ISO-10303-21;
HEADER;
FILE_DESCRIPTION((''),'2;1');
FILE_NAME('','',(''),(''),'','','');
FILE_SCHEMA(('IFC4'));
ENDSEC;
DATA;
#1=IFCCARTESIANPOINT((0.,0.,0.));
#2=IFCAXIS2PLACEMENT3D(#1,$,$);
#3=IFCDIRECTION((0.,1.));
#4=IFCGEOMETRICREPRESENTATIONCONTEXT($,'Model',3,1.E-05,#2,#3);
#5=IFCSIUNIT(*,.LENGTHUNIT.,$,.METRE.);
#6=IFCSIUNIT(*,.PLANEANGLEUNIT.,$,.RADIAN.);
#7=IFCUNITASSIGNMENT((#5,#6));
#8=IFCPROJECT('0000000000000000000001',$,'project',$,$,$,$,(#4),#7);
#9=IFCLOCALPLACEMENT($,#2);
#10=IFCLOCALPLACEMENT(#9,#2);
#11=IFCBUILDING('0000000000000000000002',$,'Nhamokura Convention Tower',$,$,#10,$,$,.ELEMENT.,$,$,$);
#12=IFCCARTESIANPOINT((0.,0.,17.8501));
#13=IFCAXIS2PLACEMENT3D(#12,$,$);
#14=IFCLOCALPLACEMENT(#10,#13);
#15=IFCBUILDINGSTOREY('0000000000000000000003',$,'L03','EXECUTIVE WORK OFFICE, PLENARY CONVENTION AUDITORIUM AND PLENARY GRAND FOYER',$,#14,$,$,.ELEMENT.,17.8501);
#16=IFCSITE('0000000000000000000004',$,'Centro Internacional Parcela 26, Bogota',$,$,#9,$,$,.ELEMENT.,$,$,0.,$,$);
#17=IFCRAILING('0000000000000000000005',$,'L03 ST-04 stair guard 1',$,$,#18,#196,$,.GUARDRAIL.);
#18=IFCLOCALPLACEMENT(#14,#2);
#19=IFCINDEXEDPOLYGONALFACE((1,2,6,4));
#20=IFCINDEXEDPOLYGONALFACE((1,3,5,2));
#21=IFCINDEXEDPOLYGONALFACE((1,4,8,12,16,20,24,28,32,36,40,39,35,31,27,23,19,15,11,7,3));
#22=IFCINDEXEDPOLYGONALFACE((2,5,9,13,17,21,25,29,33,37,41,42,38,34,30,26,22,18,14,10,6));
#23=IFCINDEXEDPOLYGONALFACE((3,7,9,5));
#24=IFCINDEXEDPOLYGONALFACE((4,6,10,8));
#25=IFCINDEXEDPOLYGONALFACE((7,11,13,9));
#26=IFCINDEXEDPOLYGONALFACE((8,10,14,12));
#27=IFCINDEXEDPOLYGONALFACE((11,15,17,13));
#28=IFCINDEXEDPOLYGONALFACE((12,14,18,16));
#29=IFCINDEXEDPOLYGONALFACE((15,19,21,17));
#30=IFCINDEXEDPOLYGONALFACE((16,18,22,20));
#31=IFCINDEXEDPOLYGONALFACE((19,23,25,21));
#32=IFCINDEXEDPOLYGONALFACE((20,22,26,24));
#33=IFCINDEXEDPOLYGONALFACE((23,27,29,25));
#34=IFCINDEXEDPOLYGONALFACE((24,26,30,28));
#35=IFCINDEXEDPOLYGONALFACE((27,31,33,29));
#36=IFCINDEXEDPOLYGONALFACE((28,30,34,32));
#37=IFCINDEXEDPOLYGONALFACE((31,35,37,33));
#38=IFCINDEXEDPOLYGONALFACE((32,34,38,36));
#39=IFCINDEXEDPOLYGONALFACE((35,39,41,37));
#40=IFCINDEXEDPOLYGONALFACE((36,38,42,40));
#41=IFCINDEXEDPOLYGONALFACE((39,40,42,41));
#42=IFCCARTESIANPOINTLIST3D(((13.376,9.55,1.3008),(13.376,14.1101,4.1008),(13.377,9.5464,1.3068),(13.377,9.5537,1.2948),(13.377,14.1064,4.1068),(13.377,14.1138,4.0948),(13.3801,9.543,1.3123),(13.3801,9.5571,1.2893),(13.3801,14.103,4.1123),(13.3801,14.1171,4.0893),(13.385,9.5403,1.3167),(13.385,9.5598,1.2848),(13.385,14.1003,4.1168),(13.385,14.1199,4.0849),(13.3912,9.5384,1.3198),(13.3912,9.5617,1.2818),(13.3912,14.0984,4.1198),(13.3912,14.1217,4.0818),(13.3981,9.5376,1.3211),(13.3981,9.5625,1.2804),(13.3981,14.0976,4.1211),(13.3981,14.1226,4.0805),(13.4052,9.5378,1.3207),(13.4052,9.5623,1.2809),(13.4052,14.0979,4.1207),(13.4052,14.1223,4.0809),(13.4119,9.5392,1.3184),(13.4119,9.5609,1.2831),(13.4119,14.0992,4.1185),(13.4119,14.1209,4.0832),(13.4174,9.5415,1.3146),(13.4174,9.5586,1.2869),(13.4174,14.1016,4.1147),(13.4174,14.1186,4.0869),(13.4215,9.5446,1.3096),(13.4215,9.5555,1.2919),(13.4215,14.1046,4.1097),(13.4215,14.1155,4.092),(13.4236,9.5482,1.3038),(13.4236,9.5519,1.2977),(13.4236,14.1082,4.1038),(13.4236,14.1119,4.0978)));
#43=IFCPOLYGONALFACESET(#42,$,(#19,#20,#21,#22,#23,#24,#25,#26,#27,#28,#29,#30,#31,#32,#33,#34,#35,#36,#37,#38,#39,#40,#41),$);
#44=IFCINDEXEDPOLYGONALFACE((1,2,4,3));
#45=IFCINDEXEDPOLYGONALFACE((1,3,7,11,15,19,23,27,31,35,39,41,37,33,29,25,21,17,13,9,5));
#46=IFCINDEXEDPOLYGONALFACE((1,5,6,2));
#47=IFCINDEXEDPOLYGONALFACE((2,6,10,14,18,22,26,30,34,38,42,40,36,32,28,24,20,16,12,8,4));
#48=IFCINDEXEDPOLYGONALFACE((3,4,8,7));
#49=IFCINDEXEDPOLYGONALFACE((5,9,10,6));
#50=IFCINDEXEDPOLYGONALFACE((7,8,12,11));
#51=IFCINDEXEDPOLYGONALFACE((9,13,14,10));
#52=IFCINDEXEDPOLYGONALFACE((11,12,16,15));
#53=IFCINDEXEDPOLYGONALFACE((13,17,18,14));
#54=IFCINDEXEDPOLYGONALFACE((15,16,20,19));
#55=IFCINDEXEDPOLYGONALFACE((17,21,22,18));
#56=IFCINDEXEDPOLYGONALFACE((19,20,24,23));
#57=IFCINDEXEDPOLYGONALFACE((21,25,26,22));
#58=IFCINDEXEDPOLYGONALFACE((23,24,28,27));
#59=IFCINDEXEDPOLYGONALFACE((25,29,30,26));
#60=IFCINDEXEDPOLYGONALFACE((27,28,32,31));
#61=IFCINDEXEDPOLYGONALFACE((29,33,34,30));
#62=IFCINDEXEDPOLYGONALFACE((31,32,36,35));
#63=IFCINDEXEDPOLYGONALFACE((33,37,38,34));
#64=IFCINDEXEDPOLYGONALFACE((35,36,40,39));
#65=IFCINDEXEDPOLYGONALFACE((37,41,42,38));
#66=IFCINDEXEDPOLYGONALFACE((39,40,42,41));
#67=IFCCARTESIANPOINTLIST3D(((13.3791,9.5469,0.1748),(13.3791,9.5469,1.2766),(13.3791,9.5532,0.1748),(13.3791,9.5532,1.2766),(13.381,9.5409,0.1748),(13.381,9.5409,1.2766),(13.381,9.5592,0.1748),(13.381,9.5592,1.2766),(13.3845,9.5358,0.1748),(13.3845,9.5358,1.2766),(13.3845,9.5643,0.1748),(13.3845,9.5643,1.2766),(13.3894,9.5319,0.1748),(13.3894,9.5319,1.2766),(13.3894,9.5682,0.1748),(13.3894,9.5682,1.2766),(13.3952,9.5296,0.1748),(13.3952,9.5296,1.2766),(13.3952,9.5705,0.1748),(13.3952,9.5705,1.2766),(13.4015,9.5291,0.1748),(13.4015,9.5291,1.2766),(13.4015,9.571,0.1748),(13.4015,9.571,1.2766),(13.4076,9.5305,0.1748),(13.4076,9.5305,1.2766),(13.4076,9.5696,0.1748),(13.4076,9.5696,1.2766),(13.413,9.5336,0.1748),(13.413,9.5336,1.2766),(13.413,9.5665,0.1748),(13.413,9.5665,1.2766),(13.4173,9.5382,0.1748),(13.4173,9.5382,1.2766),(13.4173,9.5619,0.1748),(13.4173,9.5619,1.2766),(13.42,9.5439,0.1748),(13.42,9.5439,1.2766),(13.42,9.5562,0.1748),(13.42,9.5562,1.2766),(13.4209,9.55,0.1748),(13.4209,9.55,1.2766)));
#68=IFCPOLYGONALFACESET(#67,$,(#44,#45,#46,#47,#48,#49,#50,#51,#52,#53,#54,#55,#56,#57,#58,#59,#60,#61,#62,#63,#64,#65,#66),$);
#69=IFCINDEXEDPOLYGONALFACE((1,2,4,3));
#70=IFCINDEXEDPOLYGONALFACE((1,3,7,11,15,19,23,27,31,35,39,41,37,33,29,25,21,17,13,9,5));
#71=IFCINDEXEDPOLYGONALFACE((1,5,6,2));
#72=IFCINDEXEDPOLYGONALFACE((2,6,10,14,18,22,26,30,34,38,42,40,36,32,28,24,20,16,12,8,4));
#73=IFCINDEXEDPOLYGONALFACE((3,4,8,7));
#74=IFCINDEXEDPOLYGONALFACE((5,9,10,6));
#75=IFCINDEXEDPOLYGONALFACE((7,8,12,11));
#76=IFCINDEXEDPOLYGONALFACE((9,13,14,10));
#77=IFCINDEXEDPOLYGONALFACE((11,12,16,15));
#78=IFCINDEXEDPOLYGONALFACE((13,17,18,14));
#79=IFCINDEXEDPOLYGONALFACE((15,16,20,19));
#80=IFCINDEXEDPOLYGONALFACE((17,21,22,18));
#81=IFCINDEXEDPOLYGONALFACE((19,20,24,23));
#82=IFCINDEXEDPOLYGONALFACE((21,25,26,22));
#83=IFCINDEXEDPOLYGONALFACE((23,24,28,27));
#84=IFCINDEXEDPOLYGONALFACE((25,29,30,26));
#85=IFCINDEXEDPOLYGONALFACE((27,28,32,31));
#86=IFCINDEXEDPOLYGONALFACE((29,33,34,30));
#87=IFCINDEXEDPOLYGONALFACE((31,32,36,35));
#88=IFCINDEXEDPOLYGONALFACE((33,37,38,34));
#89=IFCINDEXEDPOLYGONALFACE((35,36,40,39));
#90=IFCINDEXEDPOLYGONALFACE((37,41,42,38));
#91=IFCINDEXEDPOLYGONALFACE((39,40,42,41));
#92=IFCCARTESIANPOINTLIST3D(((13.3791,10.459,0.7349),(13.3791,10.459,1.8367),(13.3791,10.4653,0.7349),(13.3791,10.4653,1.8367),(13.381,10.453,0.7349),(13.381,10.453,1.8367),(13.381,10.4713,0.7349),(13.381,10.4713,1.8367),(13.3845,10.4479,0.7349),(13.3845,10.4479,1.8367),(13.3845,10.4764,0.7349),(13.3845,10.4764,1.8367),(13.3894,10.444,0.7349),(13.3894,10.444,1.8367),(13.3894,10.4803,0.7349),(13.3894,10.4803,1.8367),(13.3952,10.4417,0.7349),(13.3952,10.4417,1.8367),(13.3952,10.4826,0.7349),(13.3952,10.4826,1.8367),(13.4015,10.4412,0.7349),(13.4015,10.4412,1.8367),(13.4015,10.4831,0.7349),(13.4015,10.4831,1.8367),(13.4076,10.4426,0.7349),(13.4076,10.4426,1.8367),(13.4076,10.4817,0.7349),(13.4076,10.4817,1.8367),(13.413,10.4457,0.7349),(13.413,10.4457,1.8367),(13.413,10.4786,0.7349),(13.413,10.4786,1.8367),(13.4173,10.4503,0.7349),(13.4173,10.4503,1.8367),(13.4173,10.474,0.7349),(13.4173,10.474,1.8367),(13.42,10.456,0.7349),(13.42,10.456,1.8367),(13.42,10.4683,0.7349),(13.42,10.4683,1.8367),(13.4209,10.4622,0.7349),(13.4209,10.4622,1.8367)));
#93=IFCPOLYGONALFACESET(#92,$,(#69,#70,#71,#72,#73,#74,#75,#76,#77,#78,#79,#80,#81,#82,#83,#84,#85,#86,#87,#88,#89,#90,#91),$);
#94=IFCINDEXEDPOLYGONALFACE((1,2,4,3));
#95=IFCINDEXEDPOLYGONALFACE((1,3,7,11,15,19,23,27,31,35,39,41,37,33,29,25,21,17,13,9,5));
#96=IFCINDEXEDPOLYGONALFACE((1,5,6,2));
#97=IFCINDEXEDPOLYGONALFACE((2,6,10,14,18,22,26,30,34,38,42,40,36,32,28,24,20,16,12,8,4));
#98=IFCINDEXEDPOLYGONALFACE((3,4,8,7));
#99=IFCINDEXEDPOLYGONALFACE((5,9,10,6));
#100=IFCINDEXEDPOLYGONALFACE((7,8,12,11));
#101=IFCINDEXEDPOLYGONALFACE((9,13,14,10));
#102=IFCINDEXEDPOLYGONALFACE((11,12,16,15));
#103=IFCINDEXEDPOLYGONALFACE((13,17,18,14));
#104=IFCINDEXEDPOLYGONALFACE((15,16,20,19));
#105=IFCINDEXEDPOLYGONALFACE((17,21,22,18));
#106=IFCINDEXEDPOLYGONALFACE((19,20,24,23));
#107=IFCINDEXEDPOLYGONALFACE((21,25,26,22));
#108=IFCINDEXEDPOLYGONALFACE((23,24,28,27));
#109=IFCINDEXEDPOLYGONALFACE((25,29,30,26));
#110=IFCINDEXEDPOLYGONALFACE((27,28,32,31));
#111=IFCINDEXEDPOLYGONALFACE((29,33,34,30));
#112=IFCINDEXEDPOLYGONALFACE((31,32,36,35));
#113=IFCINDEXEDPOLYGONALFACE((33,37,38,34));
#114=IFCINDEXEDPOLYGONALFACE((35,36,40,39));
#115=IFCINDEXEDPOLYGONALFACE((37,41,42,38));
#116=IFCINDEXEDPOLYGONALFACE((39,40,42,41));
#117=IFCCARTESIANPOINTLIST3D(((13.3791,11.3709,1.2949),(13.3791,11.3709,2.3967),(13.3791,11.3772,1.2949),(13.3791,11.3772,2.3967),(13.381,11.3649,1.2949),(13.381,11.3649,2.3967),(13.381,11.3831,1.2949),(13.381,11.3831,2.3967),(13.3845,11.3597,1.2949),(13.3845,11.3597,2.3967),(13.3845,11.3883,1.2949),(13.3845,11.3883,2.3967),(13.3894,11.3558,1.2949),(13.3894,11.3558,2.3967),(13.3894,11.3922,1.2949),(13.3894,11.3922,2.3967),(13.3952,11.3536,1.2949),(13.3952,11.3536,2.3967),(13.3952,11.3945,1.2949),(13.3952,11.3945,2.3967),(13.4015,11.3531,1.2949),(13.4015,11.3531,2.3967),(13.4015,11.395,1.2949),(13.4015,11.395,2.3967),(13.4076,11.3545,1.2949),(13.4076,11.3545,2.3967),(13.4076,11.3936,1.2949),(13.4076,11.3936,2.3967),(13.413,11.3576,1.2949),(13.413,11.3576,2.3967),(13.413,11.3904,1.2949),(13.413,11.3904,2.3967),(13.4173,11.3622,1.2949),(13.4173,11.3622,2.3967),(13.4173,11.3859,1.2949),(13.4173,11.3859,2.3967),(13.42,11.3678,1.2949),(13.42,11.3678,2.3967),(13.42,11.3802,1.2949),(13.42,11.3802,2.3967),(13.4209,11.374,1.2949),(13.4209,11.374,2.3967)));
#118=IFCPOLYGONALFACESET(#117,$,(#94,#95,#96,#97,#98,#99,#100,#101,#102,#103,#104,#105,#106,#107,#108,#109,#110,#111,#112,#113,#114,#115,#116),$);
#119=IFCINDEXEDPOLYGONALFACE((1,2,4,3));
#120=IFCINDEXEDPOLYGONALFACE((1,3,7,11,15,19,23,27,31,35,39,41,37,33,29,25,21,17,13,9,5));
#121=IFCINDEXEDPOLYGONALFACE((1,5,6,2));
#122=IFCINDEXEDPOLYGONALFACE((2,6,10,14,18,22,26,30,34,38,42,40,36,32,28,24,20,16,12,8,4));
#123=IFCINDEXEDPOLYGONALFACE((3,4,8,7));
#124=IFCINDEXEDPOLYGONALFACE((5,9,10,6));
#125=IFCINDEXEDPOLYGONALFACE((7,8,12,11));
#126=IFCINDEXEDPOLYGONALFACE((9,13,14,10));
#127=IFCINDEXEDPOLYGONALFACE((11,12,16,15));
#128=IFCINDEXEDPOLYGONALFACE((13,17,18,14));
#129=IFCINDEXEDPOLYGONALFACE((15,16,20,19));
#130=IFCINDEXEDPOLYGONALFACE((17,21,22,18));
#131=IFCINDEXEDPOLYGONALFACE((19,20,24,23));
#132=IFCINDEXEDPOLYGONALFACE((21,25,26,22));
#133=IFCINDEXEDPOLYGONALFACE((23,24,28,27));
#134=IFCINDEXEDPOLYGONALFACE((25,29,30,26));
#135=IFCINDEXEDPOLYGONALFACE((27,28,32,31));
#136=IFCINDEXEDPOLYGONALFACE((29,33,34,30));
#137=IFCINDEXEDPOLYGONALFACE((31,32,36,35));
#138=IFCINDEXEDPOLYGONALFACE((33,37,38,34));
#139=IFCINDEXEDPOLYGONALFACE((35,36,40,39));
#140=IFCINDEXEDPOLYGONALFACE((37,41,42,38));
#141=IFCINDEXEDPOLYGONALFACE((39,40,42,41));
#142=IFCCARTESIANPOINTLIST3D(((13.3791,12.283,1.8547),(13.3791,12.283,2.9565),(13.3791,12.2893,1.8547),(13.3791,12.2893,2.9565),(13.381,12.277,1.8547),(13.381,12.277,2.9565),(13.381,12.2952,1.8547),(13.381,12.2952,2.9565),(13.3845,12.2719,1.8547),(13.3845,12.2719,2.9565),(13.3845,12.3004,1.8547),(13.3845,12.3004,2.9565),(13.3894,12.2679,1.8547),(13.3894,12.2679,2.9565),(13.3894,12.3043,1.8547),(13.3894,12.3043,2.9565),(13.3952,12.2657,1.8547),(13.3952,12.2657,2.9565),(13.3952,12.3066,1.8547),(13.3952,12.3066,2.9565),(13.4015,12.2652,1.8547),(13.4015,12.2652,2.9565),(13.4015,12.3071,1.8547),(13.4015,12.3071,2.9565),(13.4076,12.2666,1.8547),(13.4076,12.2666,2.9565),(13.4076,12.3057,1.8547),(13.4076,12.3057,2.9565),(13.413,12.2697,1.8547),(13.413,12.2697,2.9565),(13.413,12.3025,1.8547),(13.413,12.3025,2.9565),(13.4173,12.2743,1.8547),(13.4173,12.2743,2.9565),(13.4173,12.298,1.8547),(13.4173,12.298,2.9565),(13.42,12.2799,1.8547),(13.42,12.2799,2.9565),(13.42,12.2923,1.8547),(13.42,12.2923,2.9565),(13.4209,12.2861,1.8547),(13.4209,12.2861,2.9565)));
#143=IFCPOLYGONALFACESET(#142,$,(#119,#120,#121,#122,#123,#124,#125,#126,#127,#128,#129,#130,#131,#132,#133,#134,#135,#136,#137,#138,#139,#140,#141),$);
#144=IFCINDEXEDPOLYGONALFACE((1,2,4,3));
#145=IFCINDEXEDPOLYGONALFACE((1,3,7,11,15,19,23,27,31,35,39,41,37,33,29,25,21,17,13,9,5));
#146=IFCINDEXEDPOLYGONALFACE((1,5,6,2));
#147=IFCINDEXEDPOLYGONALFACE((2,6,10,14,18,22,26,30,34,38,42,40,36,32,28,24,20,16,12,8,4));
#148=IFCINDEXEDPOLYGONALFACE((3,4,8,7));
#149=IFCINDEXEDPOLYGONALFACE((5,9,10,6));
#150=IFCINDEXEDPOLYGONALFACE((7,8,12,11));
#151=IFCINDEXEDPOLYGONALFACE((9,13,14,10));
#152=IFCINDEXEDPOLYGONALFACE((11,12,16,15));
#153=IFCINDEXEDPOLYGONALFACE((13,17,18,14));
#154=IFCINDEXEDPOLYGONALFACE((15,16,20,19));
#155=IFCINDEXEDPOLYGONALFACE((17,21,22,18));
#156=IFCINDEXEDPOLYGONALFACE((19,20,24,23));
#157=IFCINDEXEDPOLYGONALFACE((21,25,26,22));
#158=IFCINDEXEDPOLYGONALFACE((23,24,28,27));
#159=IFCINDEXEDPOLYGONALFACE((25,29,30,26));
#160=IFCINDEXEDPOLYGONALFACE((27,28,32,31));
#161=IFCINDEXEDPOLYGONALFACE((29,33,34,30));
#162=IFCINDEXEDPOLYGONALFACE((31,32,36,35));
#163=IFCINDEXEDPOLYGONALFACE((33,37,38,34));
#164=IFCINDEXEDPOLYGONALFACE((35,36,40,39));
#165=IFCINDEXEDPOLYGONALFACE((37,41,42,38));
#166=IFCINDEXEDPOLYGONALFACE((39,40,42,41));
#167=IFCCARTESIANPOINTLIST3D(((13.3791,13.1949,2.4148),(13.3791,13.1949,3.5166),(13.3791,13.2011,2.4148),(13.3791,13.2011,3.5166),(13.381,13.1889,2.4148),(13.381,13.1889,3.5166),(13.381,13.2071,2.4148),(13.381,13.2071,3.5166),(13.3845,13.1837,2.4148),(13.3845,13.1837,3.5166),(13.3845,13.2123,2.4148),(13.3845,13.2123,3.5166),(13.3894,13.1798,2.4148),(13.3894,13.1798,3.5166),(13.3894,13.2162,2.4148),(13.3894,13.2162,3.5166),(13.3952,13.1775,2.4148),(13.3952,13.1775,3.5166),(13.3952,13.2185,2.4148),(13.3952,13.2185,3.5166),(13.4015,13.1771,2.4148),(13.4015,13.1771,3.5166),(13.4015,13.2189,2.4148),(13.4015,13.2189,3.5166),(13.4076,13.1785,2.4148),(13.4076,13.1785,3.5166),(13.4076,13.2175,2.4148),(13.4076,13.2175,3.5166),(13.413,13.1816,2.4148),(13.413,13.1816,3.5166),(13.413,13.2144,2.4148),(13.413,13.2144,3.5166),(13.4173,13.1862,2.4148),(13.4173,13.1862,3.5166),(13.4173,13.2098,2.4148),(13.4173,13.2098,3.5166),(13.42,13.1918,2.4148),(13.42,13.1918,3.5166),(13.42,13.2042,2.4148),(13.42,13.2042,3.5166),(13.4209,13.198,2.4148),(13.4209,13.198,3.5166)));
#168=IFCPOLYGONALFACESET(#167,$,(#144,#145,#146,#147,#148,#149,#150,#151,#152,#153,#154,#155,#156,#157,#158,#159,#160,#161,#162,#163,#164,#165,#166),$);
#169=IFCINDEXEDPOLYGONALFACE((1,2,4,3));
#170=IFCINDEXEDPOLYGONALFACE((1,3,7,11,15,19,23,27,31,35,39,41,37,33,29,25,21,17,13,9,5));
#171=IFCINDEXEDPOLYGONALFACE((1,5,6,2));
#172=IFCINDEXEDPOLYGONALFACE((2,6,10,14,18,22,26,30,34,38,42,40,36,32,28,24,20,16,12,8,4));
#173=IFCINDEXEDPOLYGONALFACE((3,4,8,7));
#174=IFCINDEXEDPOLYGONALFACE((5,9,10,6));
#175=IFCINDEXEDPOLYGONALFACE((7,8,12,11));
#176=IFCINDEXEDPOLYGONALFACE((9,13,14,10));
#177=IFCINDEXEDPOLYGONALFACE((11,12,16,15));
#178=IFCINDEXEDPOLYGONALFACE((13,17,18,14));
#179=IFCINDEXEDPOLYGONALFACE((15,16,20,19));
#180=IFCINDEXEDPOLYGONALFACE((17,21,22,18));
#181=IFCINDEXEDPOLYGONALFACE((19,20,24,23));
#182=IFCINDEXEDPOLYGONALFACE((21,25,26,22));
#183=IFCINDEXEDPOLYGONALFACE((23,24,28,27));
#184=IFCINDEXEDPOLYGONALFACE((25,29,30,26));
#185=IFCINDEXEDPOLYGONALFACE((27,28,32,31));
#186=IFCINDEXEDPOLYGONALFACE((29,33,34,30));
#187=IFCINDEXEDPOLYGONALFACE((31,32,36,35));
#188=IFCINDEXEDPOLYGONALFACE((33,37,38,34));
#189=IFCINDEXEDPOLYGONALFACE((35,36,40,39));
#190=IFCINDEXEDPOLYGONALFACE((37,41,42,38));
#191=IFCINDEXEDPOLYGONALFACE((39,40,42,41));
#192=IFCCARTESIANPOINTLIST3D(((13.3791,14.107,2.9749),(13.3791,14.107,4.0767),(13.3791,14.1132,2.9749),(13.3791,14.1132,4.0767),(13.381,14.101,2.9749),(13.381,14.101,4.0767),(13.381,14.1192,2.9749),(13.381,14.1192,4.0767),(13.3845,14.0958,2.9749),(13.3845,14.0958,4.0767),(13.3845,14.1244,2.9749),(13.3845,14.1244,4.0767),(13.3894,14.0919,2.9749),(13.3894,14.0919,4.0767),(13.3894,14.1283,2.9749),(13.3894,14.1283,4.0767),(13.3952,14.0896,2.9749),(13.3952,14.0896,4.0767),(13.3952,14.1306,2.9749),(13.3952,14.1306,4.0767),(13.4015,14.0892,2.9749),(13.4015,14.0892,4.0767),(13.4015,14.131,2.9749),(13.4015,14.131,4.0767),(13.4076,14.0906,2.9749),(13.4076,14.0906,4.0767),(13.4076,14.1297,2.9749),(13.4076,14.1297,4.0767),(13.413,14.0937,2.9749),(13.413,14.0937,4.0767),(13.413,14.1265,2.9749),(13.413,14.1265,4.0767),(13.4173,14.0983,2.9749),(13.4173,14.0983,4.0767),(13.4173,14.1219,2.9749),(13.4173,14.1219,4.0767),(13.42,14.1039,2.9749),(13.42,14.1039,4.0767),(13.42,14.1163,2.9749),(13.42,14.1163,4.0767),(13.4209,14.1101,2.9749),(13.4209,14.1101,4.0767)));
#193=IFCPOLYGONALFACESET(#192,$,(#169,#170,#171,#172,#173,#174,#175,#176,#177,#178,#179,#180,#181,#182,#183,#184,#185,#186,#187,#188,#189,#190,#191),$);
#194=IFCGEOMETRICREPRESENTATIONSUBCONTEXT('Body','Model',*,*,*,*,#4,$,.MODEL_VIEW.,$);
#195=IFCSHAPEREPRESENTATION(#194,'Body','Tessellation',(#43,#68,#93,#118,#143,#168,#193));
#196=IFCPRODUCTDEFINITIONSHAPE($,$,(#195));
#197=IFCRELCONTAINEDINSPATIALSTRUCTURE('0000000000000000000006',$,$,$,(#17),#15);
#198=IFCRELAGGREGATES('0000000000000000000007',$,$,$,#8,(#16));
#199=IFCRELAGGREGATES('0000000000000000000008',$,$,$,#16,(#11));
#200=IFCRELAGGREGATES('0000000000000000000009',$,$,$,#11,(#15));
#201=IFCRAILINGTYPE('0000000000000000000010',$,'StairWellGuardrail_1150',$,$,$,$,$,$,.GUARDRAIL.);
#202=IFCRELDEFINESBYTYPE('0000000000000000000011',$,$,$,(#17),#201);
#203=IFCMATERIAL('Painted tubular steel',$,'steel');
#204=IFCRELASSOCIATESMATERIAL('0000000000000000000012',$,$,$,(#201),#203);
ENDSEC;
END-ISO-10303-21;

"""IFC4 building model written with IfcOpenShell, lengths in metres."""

from ifc_helpers import new_model, si_unit, direction, frame, origin, origin_2d, place, context, subcontext, project, spatial, circle, extrude, material, type_object, element, save


model = new_model("IFC4")

# Units and contexts
model_context = context("Model", 3, precision=1e-05, world=origin(), true_north=direction((0.0, 1.0)))
body_context = subcontext(model_context, "Body", "Model", "MODEL_VIEW")
ifc_project = project(units=[si_unit("LENGTHUNIT", "METRE"), si_unit("PLANEANGLEUNIT", "RADIAN")], contexts=[model_context])

# Site, building, storey
site_placement = place(None, origin())
site = spatial("IfcSite", under=ifc_project, at=site_placement, Name="Centro Internacional Parcela 26, Bogota", CompositionType="ELEMENT", RefElevation=0.0)
building_placement = place(site_placement, origin())
building = spatial("IfcBuilding", under=site, at=building_placement, Name="Nhamokura Convention Tower", CompositionType="ELEMENT")
storey_placement = place(building_placement, frame((0.0, 0.0, 17.8501)))
storey = spatial("IfcBuildingStorey", under=building, at=storey_placement, Name="L03", Description="EXECUTIVE WORK OFFICE, PLENARY CONVENTION AUDITORIUM AND PLENARY GRAND FOYER", CompositionType="ELEMENT", Elevation=17.8501)

# Railing
ifc_material_1 = material(Name="Painted tubular steel", Category="steel")
railing_type_1 = type_object("IfcRailingType", Name="StairWellGuardrail_1150", PredefinedType="GUARDRAIL", material=ifc_material_1)
railing_1_placement = place(storey_placement, frame((13.3999, 9.55, 0.1748)))
element("IfcRailing", 1, at=railing_1_placement, inside=storey, type_object=railing_type_1, Name="L03 ST-04 stair guard 1", PredefinedType="GUARDRAIL", context=body_context, shape_type="SweptSolid", body=[
    extrude(circle(Radius=0.0239, at=origin_2d()), frame((0.0, 0.0, 1.126), z_axis=(0.0, 0.85217, 0.523265), x_axis=(-1.0, 0.0, 0.0)), (0.0, 0.0, 1.0), 5.3511),
    extrude(circle(Radius=0.021, at=origin_2d()), origin(), (0.0, 0.0, 1.0), 1.1018),
    extrude(circle(Radius=0.021, at=origin_2d()), frame((0.0, 0.9121, 0.5601)), (0.0, 0.0, 1.0), 1.1018),
    extrude(circle(Radius=0.021, at=origin_2d()), frame((0.0, 1.824, 1.1201)), (0.0, 0.0, 1.0), 1.1018),
    extrude(circle(Radius=0.021, at=origin_2d()), frame((0.0, 2.7361, 1.6799)), (0.0, 0.0, 1.0), 1.1018),
    extrude(circle(Radius=0.021, at=origin_2d()), frame((0.0, 3.6479, 2.24)), (0.0, 0.0, 1.0), 1.1018),
    extrude(circle(Radius=0.021, at=origin_2d()), frame((0.0, 4.5601, 2.8)), (0.0, 0.0, 1.0), 1.1018),
])

save(model, "model.ifc")
